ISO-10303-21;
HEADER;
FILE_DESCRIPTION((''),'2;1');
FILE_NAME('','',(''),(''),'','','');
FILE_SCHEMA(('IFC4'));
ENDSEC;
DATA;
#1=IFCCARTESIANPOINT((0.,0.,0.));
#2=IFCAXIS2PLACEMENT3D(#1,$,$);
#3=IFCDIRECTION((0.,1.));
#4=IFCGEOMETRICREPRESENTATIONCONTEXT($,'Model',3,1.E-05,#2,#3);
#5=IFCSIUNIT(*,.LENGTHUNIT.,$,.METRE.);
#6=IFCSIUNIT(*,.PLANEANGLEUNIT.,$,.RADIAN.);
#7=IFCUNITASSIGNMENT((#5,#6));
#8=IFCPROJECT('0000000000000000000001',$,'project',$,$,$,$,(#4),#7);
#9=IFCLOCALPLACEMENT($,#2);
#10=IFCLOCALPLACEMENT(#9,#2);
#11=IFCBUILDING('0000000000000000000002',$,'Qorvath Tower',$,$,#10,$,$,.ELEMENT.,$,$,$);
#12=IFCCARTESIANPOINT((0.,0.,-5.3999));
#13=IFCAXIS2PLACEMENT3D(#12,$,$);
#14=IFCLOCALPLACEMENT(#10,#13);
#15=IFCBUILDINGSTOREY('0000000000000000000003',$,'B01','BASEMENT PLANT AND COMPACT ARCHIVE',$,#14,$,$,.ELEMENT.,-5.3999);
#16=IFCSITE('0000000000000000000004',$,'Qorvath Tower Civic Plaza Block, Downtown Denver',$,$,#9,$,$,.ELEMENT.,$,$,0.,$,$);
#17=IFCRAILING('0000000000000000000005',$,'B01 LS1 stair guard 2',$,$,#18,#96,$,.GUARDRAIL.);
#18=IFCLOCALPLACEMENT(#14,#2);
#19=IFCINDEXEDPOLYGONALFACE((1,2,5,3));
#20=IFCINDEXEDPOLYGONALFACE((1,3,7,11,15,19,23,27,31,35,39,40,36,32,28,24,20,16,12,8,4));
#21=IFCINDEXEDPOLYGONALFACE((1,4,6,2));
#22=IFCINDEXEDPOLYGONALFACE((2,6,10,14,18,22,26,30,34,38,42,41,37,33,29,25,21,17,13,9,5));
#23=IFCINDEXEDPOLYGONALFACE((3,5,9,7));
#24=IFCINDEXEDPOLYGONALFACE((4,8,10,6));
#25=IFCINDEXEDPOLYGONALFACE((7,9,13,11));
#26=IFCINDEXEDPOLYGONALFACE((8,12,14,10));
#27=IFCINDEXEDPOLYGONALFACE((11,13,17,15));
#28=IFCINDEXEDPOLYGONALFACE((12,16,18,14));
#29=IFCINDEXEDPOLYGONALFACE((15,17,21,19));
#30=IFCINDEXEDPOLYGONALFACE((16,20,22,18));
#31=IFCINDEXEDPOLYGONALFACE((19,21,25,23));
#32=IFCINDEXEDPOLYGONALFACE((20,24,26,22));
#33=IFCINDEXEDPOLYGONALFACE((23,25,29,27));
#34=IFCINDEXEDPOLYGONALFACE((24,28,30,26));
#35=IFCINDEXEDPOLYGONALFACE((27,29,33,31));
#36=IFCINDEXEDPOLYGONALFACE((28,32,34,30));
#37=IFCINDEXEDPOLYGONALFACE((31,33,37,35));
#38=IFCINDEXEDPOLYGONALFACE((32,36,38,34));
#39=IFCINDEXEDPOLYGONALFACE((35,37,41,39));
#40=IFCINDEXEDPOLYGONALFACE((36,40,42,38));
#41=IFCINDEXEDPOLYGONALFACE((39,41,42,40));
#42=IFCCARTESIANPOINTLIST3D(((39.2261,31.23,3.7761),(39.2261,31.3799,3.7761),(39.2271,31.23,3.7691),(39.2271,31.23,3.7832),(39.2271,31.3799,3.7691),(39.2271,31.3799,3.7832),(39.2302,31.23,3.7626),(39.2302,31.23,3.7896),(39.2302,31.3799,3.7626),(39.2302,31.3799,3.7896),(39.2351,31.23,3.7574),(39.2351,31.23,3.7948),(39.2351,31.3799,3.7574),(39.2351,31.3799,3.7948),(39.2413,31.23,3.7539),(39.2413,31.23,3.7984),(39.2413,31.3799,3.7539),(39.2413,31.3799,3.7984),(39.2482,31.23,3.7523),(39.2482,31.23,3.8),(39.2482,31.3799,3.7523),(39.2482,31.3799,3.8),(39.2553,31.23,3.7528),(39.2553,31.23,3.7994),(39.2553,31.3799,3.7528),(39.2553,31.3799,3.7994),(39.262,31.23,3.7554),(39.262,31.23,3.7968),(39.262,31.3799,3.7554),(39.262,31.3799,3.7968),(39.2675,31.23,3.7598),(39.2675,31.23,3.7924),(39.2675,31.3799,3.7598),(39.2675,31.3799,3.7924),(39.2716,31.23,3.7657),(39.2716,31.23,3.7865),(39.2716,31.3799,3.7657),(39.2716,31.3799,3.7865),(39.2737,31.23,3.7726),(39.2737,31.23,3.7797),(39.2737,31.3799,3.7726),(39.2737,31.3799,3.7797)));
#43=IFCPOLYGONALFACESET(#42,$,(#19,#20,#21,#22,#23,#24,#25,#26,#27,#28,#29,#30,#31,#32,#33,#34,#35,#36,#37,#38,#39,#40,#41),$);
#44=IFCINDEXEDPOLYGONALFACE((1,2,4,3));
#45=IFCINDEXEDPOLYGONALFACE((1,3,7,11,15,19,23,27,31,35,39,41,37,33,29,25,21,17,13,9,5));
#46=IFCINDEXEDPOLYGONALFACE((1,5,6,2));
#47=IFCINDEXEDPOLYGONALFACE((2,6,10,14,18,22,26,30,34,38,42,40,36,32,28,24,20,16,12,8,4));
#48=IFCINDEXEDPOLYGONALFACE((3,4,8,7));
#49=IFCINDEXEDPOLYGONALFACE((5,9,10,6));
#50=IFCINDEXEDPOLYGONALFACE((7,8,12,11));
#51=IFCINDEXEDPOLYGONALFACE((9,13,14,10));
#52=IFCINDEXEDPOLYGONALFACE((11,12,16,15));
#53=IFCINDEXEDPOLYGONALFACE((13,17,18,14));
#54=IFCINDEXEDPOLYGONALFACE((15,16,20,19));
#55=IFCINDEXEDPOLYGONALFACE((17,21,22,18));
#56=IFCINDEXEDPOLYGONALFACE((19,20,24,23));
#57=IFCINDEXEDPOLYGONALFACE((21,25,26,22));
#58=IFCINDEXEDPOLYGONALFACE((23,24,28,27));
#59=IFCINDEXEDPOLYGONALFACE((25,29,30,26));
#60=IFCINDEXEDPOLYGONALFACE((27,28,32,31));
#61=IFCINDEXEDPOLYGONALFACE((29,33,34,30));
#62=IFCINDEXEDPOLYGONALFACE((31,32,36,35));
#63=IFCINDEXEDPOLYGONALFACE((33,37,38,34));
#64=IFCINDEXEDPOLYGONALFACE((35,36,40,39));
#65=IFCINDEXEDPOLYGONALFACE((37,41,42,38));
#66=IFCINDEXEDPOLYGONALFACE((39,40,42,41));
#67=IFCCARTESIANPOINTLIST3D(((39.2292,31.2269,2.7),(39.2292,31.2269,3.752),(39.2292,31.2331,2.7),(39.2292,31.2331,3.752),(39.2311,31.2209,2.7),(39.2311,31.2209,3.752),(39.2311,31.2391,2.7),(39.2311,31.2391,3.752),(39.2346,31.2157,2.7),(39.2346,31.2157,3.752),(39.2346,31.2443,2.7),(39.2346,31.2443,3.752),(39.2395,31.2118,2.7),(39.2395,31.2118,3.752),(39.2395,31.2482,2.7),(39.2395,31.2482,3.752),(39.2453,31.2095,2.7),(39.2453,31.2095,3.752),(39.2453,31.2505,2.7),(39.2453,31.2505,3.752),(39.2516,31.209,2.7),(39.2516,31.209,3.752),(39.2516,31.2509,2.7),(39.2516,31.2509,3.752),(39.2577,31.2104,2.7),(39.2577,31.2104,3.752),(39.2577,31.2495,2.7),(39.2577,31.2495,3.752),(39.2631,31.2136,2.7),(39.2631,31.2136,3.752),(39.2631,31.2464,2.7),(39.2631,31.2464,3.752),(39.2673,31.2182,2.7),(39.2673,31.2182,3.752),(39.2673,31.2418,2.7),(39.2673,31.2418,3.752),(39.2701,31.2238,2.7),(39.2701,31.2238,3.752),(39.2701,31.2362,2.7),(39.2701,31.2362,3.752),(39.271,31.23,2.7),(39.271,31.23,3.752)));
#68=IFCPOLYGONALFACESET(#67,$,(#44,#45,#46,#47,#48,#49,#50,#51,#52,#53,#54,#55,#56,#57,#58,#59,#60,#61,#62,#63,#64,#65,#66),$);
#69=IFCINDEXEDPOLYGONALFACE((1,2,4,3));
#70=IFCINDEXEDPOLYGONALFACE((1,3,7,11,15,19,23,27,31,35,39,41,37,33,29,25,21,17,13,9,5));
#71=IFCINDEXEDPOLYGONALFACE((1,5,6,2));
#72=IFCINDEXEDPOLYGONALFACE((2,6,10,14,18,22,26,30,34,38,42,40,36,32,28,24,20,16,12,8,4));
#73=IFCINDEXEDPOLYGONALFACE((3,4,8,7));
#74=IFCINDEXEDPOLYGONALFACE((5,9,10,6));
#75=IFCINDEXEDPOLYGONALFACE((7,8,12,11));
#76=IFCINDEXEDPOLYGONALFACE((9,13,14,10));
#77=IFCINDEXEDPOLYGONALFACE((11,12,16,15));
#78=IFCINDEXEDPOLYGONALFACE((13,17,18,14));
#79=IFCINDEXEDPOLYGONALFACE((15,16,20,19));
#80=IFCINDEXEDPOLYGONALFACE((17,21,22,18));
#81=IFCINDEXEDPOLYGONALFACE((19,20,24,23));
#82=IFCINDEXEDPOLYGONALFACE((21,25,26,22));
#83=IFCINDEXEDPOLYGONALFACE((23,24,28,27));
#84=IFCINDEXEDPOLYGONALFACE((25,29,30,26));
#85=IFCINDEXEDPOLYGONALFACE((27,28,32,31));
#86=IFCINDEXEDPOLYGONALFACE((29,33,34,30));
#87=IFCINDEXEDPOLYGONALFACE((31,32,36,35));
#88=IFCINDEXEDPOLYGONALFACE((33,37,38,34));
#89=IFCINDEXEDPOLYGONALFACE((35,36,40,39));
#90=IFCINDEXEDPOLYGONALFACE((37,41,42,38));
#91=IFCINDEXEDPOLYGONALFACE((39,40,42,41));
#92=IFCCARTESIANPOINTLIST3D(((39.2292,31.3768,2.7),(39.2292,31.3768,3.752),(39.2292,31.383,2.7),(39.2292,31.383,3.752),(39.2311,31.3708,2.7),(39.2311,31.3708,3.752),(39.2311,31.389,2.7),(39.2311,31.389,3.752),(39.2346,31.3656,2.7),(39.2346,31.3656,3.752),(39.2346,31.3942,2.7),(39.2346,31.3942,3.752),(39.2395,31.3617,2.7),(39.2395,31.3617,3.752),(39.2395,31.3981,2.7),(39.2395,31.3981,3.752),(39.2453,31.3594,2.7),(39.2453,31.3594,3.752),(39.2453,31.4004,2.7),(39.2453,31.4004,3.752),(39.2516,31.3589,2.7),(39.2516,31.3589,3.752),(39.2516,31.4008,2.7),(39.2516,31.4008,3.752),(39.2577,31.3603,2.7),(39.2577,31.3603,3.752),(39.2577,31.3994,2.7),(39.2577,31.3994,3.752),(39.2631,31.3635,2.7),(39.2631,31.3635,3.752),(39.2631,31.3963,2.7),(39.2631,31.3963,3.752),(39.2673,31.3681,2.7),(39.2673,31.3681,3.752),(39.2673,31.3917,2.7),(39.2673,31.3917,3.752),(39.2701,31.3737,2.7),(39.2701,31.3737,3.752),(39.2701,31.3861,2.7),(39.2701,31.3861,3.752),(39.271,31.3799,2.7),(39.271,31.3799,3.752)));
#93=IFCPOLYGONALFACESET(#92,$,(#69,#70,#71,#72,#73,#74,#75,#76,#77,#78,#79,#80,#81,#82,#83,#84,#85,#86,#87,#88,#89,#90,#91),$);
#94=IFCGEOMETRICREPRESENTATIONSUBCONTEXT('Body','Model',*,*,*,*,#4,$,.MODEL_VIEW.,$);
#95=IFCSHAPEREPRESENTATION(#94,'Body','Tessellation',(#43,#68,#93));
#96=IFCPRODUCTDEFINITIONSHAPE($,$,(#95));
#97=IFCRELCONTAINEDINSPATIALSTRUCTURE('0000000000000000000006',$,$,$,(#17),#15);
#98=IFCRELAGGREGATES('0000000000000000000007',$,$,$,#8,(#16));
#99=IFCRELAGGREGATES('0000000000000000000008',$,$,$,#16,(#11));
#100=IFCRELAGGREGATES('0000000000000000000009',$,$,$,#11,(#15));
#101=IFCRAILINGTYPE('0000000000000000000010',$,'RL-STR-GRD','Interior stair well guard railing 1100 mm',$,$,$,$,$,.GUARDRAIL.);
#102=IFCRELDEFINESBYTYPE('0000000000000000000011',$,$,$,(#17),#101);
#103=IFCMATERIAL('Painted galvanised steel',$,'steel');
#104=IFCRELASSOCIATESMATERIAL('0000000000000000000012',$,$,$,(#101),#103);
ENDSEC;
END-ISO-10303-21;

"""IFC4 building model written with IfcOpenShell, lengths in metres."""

from ifc_helpers import new_model, si_unit, direction, frame, origin, origin_2d, place, context, subcontext, project, spatial, circle, extrude, material, type_object, element, save


model = new_model("IFC4")

# Units and contexts
model_context = context("Model", 3, precision=1e-05, world=origin(), true_north=direction((0.0, 1.0)))
body_context = subcontext(model_context, "Body", "Model", "MODEL_VIEW")
ifc_project = project(units=[si_unit("LENGTHUNIT", "METRE"), si_unit("PLANEANGLEUNIT", "RADIAN")], contexts=[model_context])

# Site, building, storey
site_placement = place(None, origin())
site = spatial("IfcSite", under=ifc_project, at=site_placement, Name="Qorvath Tower Civic Plaza Block, Downtown Denver", CompositionType="ELEMENT", RefElevation=0.0)
building_placement = place(site_placement, origin())
building = spatial("IfcBuilding", under=site, at=building_placement, Name="Qorvath Tower", CompositionType="ELEMENT")
storey_placement = place(building_placement, frame((0.0, 0.0, -5.3999)))
storey = spatial("IfcBuildingStorey", under=building, at=storey_placement, Name="B01", Description="BASEMENT PLANT AND COMPACT ARCHIVE", CompositionType="ELEMENT", Elevation=-5.3999)

# Railing
ifc_material_1 = material(Name="Painted galvanised steel", Category="steel")
railing_type_1 = type_object("IfcRailingType", Name="RL-STR-GRD", Description="Interior stair well guard railing 1100 mm", PredefinedType="GUARDRAIL", material=ifc_material_1)
railing_1_placement = place(storey_placement, frame((39.25, 31.23, 2.7)))
element("IfcRailing", 1, at=railing_1_placement, inside=storey, type_object=railing_type_1, Name="B01 LS1 stair guard 2", PredefinedType="GUARDRAIL", context=body_context, shape_type="SweptSolid", body=[
    extrude(circle(Radius=0.0239, at=origin_2d()), frame((0.0, 0.0, 1.0762), z_axis=(0.0, 1.0, 0.0), x_axis=(-1.0, 0.0, 0.0)), (0.0, 0.0, 1.0), 0.1499),
    extrude(circle(Radius=0.021, at=origin_2d()), origin(), (0.0, 0.0, 1.0), 1.052),
    extrude(circle(Radius=0.021, at=origin_2d()), frame((0.0, 0.1499, 0.0)), (0.0, 0.0, 1.0), 1.052),
])

save(model, "model.ifc")
